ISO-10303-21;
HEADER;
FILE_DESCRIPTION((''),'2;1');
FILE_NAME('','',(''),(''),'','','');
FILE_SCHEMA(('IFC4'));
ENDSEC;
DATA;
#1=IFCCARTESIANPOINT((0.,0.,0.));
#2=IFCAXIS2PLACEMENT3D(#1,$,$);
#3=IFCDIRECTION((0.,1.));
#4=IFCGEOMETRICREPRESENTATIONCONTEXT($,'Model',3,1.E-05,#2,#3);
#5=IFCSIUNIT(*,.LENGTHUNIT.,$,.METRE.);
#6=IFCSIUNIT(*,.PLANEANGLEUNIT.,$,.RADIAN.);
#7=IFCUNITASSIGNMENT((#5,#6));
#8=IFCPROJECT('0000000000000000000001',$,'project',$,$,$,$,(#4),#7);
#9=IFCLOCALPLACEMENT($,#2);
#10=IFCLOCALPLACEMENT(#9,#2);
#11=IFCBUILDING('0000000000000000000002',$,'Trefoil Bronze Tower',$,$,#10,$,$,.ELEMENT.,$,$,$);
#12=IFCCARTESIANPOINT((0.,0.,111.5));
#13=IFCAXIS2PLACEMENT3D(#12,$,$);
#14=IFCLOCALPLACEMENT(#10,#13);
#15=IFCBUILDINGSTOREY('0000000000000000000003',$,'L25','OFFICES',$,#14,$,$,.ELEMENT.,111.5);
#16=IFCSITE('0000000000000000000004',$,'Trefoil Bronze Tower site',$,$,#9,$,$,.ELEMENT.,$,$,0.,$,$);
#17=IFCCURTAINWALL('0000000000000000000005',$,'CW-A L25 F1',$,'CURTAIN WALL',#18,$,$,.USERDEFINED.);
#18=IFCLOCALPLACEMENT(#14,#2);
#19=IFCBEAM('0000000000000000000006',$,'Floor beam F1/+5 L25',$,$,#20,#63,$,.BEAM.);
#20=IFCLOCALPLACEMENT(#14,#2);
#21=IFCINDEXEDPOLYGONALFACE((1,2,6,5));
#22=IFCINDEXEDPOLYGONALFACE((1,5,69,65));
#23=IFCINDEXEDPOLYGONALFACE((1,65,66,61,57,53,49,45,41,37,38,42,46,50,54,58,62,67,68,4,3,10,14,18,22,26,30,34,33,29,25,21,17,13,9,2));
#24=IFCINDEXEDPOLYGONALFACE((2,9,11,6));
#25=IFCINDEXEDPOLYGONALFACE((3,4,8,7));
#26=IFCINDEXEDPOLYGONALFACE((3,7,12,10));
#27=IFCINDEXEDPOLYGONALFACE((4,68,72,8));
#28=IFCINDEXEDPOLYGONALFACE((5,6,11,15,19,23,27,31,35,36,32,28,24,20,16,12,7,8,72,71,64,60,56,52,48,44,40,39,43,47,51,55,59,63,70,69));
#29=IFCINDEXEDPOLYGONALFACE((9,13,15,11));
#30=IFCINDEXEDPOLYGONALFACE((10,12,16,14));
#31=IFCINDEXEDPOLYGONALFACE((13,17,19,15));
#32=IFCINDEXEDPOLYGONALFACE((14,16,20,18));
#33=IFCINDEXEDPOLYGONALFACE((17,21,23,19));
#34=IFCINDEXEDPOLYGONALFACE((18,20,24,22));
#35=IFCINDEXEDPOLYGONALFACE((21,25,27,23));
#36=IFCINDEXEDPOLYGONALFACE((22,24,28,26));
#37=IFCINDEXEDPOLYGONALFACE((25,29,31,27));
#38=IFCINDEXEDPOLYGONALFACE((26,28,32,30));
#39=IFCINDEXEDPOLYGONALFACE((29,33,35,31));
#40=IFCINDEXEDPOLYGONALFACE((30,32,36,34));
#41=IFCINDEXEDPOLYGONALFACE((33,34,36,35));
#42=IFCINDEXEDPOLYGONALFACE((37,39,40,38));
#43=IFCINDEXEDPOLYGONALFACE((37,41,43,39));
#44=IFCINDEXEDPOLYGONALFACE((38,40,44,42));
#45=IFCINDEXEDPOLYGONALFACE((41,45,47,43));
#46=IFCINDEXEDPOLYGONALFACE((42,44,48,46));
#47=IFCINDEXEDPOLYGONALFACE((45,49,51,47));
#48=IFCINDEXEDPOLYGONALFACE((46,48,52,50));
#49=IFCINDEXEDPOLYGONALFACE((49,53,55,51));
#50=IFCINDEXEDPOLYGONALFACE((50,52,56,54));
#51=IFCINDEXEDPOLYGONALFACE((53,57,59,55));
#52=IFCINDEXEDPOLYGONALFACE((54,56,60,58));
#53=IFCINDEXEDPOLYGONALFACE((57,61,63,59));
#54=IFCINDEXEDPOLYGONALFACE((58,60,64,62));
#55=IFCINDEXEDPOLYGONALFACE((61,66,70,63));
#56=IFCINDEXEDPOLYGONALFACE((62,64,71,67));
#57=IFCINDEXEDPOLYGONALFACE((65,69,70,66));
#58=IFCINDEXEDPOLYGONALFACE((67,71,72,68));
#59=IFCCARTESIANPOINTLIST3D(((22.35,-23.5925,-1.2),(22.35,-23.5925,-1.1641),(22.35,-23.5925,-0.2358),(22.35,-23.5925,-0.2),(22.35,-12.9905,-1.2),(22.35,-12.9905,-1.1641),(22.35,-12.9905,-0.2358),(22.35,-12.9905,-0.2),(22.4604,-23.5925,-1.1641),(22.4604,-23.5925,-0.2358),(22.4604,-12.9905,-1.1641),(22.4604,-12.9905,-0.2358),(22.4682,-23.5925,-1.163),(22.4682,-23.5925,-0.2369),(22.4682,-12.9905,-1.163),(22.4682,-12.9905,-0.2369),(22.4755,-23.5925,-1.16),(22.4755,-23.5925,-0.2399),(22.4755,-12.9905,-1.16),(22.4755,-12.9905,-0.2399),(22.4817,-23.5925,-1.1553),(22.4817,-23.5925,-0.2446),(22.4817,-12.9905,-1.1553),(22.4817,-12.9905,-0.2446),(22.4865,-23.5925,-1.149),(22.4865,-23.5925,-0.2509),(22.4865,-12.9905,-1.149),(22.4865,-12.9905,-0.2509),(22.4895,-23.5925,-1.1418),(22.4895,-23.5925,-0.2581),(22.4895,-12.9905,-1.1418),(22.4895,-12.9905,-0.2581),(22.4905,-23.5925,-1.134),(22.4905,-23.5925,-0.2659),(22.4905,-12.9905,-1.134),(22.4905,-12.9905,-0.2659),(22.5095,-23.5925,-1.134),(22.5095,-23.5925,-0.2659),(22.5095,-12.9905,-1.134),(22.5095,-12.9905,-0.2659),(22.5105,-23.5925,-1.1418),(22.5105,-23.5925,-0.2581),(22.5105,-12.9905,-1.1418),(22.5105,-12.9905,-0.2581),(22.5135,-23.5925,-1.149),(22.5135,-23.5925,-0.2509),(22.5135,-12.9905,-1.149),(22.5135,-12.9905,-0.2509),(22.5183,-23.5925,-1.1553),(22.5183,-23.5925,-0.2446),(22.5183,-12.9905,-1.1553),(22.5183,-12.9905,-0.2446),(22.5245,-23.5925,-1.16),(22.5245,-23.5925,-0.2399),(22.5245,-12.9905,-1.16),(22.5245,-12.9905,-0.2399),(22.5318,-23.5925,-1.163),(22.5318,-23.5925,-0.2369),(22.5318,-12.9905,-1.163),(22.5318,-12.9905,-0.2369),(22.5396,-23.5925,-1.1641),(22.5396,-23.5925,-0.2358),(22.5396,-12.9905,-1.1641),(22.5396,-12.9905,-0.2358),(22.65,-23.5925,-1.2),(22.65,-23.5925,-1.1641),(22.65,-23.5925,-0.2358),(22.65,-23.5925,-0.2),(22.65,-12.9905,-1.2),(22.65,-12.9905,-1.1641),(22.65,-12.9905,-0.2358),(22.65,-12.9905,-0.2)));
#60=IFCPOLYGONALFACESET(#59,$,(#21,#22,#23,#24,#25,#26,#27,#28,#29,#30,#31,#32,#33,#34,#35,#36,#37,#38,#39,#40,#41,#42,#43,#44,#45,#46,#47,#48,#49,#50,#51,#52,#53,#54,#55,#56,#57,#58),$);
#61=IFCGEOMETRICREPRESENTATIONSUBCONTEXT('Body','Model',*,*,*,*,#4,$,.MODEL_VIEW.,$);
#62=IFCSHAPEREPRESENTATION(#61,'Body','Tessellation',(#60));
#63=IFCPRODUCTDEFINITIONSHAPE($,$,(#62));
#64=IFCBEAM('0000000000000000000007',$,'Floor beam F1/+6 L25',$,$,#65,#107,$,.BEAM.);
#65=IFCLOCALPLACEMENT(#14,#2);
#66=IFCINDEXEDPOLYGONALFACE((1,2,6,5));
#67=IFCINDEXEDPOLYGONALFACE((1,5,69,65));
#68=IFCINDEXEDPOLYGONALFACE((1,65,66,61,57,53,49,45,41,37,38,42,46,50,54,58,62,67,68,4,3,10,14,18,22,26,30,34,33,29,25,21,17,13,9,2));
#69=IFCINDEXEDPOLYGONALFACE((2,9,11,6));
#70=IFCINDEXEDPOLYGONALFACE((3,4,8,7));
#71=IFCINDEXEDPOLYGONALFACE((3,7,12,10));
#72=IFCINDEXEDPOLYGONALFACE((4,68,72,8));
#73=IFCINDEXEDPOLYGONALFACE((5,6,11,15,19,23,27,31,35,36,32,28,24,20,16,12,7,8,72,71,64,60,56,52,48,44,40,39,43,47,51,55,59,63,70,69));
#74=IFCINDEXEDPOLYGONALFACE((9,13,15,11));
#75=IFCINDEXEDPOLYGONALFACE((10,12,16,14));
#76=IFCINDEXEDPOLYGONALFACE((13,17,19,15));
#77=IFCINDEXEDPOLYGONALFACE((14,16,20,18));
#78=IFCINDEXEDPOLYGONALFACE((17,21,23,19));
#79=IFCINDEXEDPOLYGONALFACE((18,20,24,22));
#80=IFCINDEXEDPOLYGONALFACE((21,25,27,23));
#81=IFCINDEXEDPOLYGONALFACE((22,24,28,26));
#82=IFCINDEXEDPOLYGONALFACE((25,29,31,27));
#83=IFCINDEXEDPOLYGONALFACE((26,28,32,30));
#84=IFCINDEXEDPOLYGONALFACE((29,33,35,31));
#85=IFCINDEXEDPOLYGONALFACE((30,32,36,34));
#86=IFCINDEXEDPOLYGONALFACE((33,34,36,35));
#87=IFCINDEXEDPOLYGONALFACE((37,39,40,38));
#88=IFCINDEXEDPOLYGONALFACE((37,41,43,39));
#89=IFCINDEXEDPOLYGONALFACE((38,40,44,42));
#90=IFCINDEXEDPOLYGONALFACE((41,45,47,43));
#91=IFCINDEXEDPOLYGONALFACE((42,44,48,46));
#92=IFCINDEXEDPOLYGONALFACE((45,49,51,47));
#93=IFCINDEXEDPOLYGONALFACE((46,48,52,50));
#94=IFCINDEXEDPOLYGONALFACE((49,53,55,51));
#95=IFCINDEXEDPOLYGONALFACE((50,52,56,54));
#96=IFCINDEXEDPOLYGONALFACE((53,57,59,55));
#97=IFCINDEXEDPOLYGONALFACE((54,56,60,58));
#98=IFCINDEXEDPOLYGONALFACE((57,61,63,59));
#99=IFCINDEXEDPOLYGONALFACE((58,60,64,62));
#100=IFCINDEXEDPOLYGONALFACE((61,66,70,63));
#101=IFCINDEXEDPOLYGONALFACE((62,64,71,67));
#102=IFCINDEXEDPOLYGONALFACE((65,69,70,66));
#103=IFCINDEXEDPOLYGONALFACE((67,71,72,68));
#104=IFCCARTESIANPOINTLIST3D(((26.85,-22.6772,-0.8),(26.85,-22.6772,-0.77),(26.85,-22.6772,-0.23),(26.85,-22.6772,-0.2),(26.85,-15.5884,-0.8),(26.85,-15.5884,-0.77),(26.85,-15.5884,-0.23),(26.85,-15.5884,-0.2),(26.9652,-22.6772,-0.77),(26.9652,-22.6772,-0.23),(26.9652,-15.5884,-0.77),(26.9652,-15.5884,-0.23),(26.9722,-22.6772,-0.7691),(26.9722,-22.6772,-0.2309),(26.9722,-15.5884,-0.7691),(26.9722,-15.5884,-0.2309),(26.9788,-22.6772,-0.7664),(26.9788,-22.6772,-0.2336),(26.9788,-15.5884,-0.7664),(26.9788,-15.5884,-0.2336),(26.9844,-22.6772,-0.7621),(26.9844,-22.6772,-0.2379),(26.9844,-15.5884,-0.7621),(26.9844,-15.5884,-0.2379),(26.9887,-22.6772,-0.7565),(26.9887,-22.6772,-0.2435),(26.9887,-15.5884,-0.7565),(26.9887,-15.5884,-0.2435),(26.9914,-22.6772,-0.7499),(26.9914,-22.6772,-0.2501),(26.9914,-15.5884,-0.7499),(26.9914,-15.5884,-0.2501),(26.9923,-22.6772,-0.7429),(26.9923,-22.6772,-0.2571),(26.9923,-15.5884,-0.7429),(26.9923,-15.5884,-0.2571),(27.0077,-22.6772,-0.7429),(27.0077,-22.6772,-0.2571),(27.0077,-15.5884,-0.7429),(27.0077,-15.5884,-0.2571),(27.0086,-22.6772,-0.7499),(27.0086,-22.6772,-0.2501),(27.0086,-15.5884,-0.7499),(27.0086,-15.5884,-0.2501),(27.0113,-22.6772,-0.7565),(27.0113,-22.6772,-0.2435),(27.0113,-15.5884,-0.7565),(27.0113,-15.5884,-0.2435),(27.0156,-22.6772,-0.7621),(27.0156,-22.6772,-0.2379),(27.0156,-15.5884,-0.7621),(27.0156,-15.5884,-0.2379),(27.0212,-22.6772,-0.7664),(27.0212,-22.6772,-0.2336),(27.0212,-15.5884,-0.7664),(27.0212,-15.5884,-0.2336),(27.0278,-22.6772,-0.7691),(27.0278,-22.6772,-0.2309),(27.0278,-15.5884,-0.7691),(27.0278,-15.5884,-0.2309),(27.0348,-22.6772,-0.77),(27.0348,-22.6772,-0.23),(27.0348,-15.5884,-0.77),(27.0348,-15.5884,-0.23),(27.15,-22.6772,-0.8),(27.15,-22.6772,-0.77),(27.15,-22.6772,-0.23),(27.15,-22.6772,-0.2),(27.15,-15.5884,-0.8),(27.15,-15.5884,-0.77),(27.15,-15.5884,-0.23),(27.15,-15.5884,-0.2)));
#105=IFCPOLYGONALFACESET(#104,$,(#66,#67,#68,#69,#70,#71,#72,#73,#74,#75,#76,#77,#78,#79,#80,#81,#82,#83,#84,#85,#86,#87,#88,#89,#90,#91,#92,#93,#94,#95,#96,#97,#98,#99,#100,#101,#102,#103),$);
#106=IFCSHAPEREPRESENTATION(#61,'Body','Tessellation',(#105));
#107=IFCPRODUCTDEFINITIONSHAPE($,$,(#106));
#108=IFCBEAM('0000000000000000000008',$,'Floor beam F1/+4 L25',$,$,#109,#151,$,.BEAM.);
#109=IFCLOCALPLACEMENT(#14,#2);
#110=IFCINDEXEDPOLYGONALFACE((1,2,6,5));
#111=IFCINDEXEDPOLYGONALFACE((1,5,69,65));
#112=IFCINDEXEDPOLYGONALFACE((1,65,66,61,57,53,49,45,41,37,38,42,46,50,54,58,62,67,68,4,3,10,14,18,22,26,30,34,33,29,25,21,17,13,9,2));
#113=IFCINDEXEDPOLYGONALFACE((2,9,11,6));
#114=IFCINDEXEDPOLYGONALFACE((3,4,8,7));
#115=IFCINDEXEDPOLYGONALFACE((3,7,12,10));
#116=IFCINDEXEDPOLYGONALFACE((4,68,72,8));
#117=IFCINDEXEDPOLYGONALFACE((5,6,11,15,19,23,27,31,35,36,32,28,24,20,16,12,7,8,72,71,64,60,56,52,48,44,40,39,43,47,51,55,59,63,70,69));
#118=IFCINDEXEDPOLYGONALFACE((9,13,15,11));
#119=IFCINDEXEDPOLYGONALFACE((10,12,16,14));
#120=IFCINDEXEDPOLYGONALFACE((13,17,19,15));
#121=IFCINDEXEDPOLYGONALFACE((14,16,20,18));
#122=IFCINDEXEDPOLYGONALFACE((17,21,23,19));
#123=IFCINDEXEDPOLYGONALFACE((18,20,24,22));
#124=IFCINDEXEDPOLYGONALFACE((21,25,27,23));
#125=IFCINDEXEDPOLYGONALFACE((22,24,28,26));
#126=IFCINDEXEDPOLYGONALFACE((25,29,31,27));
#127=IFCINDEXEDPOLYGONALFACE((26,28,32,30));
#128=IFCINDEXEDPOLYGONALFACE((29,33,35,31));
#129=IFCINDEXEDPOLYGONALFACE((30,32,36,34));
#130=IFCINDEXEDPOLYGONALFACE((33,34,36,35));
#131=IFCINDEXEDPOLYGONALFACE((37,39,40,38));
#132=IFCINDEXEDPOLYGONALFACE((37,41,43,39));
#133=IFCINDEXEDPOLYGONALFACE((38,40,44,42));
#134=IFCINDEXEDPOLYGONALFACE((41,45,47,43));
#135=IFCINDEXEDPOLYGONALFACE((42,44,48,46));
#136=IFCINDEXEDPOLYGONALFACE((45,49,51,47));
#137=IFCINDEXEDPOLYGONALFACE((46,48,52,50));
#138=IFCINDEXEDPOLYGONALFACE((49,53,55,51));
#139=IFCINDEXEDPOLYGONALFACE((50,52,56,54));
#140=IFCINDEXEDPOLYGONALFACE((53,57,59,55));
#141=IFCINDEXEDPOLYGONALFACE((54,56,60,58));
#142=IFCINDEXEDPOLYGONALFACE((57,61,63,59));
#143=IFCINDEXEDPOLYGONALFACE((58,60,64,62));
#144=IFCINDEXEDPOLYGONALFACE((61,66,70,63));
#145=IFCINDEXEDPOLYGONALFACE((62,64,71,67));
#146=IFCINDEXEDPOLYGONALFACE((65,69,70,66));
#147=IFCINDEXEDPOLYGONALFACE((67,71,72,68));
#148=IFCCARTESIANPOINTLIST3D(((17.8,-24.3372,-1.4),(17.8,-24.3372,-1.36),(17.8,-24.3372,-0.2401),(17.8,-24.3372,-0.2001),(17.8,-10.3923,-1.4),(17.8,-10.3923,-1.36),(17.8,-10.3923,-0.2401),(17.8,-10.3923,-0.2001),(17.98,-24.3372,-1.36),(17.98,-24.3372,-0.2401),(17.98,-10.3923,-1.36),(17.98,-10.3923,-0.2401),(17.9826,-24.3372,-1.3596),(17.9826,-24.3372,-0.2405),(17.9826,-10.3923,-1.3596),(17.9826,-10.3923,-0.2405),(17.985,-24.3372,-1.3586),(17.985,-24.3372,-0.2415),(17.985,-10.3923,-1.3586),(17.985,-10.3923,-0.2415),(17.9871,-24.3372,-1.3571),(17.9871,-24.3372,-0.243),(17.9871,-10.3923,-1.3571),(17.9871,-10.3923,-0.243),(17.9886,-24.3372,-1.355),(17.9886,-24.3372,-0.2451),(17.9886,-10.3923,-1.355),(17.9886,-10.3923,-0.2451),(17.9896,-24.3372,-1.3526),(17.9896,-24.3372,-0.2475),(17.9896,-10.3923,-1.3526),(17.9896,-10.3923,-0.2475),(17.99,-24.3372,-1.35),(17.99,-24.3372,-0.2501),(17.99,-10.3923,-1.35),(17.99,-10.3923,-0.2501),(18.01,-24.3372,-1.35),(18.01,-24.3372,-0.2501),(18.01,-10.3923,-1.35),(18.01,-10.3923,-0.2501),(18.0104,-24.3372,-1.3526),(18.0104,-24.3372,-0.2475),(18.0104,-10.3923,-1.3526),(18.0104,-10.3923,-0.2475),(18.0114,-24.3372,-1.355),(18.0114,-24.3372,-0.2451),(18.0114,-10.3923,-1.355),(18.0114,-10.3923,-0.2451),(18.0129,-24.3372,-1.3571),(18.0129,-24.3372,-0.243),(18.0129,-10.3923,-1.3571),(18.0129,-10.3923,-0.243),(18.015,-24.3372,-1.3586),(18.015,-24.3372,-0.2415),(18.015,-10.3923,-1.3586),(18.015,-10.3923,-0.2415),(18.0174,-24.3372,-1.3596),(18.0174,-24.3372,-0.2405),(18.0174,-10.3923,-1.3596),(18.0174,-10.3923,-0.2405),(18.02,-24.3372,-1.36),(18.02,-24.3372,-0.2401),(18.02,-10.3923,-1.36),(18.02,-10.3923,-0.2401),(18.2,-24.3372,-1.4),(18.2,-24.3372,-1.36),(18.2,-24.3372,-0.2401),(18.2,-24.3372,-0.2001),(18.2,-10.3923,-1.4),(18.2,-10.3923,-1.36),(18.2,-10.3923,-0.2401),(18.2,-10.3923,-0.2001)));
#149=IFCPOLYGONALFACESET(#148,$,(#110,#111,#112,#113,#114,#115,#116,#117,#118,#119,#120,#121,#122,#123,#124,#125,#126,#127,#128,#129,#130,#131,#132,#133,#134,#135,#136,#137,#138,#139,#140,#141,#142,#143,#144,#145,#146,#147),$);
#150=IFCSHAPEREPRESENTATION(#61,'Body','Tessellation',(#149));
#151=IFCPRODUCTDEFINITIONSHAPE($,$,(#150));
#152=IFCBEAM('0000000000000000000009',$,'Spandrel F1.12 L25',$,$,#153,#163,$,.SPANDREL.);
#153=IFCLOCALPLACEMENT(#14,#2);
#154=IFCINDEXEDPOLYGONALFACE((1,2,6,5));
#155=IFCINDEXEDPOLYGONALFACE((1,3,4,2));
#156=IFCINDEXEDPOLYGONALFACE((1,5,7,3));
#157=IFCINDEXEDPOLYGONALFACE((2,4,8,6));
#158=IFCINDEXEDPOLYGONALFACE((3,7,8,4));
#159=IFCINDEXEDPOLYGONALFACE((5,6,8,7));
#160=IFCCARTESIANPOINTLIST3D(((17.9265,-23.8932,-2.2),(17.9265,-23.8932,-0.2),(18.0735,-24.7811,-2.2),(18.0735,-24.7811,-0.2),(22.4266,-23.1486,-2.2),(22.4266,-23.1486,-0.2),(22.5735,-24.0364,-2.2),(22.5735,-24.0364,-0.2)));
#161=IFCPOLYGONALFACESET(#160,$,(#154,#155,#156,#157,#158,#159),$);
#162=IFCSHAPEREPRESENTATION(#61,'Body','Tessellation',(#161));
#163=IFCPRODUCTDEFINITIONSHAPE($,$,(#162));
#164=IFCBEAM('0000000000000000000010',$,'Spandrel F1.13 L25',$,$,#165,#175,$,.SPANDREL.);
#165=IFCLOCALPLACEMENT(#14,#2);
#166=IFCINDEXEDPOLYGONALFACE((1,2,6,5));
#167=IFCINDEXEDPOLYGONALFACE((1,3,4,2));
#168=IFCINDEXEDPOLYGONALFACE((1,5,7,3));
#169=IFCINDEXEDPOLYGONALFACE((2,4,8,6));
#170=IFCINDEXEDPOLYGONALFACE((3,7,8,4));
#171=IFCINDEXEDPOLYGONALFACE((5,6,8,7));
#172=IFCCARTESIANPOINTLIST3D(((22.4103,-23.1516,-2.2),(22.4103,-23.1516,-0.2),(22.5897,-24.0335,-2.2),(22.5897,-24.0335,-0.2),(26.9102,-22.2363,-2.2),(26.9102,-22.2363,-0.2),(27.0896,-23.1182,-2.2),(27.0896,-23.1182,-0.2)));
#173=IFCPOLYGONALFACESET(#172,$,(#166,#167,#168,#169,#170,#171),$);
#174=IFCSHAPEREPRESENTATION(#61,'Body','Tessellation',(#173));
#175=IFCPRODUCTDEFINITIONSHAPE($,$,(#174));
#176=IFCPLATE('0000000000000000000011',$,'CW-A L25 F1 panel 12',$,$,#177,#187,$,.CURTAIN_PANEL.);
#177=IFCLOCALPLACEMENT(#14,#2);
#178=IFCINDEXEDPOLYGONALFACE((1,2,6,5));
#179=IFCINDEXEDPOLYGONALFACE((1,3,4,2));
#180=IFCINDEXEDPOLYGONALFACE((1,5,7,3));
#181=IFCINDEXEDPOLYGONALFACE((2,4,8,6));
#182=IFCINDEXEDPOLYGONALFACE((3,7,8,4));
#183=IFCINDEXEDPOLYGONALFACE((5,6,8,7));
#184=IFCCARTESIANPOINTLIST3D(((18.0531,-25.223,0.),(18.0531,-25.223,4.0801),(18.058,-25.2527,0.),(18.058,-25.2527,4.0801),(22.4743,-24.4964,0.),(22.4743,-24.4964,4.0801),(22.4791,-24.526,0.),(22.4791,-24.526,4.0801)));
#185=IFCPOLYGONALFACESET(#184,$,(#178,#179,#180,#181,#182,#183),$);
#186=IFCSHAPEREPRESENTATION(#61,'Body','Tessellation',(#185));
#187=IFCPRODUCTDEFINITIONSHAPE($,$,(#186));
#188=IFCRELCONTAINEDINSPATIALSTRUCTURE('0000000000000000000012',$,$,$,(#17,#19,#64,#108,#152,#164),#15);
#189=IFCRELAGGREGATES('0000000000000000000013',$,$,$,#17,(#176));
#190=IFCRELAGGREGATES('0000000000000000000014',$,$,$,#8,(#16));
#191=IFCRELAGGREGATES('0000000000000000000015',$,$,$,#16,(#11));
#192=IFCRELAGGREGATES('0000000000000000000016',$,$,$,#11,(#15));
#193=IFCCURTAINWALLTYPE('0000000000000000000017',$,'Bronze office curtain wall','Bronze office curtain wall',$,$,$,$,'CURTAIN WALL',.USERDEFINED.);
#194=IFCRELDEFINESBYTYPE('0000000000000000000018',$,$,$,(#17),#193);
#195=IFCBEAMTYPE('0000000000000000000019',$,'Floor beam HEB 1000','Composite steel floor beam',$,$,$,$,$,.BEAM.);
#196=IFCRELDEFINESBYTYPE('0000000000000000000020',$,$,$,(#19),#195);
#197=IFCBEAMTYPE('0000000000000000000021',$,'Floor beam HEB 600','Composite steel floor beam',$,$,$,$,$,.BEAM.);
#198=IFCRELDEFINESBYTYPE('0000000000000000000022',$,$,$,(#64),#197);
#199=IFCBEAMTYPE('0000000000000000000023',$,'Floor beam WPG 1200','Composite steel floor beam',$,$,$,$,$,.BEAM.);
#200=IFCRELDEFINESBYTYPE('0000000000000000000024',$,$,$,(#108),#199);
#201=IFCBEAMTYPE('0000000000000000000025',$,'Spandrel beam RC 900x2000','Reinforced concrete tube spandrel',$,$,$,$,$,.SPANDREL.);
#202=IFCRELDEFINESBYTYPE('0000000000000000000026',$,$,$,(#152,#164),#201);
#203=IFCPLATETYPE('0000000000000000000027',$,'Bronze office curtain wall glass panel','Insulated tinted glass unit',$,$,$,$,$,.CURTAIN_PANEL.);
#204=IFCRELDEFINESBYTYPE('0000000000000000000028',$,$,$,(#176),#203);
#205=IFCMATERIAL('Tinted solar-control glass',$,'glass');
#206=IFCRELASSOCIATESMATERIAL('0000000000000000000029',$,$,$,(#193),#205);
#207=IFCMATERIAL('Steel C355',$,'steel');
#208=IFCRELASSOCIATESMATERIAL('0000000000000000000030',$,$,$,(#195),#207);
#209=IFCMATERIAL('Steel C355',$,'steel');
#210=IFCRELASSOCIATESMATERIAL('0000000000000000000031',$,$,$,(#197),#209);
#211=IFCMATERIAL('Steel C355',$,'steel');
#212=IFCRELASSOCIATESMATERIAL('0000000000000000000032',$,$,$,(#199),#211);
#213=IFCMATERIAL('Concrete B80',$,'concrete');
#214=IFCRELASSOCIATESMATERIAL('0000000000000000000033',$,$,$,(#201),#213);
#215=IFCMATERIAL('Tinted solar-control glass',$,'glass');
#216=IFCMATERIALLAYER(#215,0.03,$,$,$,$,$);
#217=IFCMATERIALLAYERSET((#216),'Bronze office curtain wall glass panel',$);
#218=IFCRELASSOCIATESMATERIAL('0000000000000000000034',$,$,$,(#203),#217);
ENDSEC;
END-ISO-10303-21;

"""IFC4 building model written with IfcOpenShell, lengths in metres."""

from ifc_helpers import new_model, si_unit, direction, frame, origin, origin_2d, place, context, subcontext, project, spatial, rectangle, i_section, extrude, material, layer, layer_set, material_profile, profile_set, type_object, element, aggregate, save


model = new_model("IFC4")

# Units and contexts
model_context = context("Model", 3, precision=1e-05, world=origin(), true_north=direction((0.0, 1.0)))
body_context = subcontext(model_context, "Body", "Model", "MODEL_VIEW")
ifc_project = project(units=[si_unit("LENGTHUNIT", "METRE"), si_unit("PLANEANGLEUNIT", "RADIAN")], contexts=[model_context])

# Site, building, storey
site_placement = place(None, origin())
site = spatial("IfcSite", under=ifc_project, at=site_placement, Name="Trefoil Bronze Tower site", CompositionType="ELEMENT", RefElevation=0.0)
building_placement = place(site_placement, origin())
building = spatial("IfcBuilding", under=site, at=building_placement, Name="Trefoil Bronze Tower", CompositionType="ELEMENT")
storey_placement = place(building_placement, frame((0.0, 0.0, 111.5)))
storey = spatial("IfcBuildingStorey", under=building, at=storey_placement, Name="L25", Description="OFFICES", CompositionType="ELEMENT", Elevation=111.5)

# Curtain wall
ifc_material_1 = material(Name="Tinted solar-control glass", Category="glass")
curtain_wall_type_1 = type_object("IfcCurtainWallType", Name="Bronze office curtain wall", Description="Bronze office curtain wall", ElementType="CURTAIN WALL", PredefinedType="USERDEFINED", material=ifc_material_1)
curtain_wall_1_placement = place(storey_placement, origin())
curtain_wall_1 = element("IfcCurtainWall", 1, at=curtain_wall_1_placement, inside=storey, type_object=curtain_wall_type_1, Name="CW-A L25 F1", ObjectType="CURTAIN WALL", PredefinedType="USERDEFINED")

# Beams
ifc_material_2 = material(Name="Steel C355", Category="steel")
ifc_material_profile_1 = material_profile(ifc_material_2, i_section(OverallWidth=0.3, OverallDepth=1.0, WebThickness=0.019, FlangeThickness=0.0359, FilletRadius=0.03, at=origin_2d()), Name="HEB 1000")
ifc_profile_set_1 = profile_set([ifc_material_profile_1], Name="Steel C355")
beam_type_1 = type_object("IfcBeamType", Name="Floor beam HEB 1000", Description="Composite steel floor beam", PredefinedType="BEAM", material=ifc_profile_set_1)
beam_1_placement = place(storey_placement, frame((22.5, -23.5925, -0.7), z_axis=(0.0, 1.0, 0.0), x_axis=(-1.0, 0.0, 0.0)))
element("IfcBeam", 2, at=beam_1_placement, inside=storey, type_object=beam_type_1, Name="Floor beam F1/+5 L25", PredefinedType="BEAM", context=body_context, shape_type="SweptSolid", body=[
    extrude(i_section(OverallWidth=0.3, OverallDepth=1.0, WebThickness=0.019, FlangeThickness=0.0359, FilletRadius=0.03, at=origin_2d()), origin(), (0.0, 0.0, 1.0), 10.6021),
])
ifc_material_3 = material(Name="Steel C355", Category="steel")
ifc_material_profile_2 = material_profile(ifc_material_3, i_section(OverallWidth=0.3, OverallDepth=0.6001, WebThickness=0.0154, FlangeThickness=0.03, FilletRadius=0.0271, at=origin_2d()), Name="HEB 600")
ifc_profile_set_2 = profile_set([ifc_material_profile_2], Name="Steel C355")
beam_type_2 = type_object("IfcBeamType", Name="Floor beam HEB 600", Description="Composite steel floor beam", PredefinedType="BEAM", material=ifc_profile_set_2)
beam_2_placement = place(storey_placement, frame((27.0, -22.6772, -0.5), z_axis=(0.0, 1.0, 0.0), x_axis=(-1.0, 0.0, 0.0)))
element("IfcBeam", 3, at=beam_2_placement, inside=storey, type_object=beam_type_2, Name="Floor beam F1/+6 L25", PredefinedType="BEAM", context=body_context, shape_type="SweptSolid", body=[
    extrude(i_section(OverallWidth=0.3, OverallDepth=0.6001, WebThickness=0.0154, FlangeThickness=0.03, FilletRadius=0.0271, at=origin_2d()), origin(), (0.0, 0.0, 1.0), 7.0889),
])
ifc_material_4 = material(Name="Steel C355", Category="steel")
ifc_material_profile_3 = material_profile(ifc_material_4, i_section(OverallWidth=0.3999, OverallDepth=1.2, WebThickness=0.02, FlangeThickness=0.04, FilletRadius=0.01, at=origin_2d()), Name="WPG 1200")
ifc_profile_set_3 = profile_set([ifc_material_profile_3], Name="Steel C355")
beam_type_3 = type_object("IfcBeamType", Name="Floor beam WPG 1200", Description="Composite steel floor beam", PredefinedType="BEAM", material=ifc_profile_set_3)
beam_3_placement = place(storey_placement, frame((18.0, -24.3372, -0.8), z_axis=(0.0, 1.0, 0.0), x_axis=(-1.0, 0.0, 0.0)))
element("IfcBeam", 4, at=beam_3_placement, inside=storey, type_object=beam_type_3, Name="Floor beam F1/+4 L25", PredefinedType="BEAM", context=body_context, shape_type="SweptSolid", body=[
    extrude(i_section(OverallWidth=0.3999, OverallDepth=1.2, WebThickness=0.02, FlangeThickness=0.04, FilletRadius=0.01, at=origin_2d()), origin(), (0.0, 0.0, 1.0), 13.9448),
])
ifc_material_5 = material(Name="Concrete B80", Category="concrete")
ifc_material_profile_4 = material_profile(ifc_material_5, rectangle(XDim=0.8999, YDim=2.0, at=origin_2d()), Name="RC 900x2000")
ifc_profile_set_4 = profile_set([ifc_material_profile_4], Name="Concrete B80")
beam_type_4 = type_object("IfcBeamType", Name="Spandrel beam RC 900x2000", Description="Reinforced concrete tube spandrel", PredefinedType="SPANDREL", material=ifc_profile_set_4)
beam_4_placement = place(storey_placement, frame((18.0, -24.3372, -1.2), z_axis=(0.986584, 0.163253, 0.0), x_axis=(-0.163253, 0.986584, 0.0)))
element("IfcBeam", 5, at=beam_4_placement, inside=storey, type_object=beam_type_4, Name="Spandrel F1.12 L25", PredefinedType="SPANDREL", context=body_context, shape_type="SweptSolid", body=[
    extrude(rectangle(XDim=0.8999, YDim=2.0, at=origin_2d()), origin(), (0.0, 0.0, 1.0), 4.5613),
])
beam_5_placement = place(storey_placement, frame((22.5, -23.5925, -1.2), z_axis=(0.979935, 0.199315, 0.0), x_axis=(-0.199315, 0.979935, 0.0)))
element("IfcBeam", 6, at=beam_5_placement, inside=storey, type_object=beam_type_4, Name="Spandrel F1.13 L25", PredefinedType="SPANDREL", context=body_context, shape_type="SweptSolid", body=[
    extrude(rectangle(XDim=0.8999, YDim=2.0, at=origin_2d()), origin(), (0.0, 0.0, 1.0), 4.592),
])

# Plate
ifc_material_6 = material(Name="Tinted solar-control glass", Category="glass")
ifc_layer_1 = layer(ifc_material_6, 0.03)
ifc_layer_set_1 = layer_set([ifc_layer_1], Name="Bronze office curtain wall glass panel")
plate_type_1 = type_object("IfcPlateType", Name="Bronze office curtain wall glass panel", Description="Insulated tinted glass unit", PredefinedType="CURTAIN_PANEL", material=ifc_layer_set_1)
plate_1_placement = place(storey_placement, frame((20.2661, -24.8745, 0.0), z_axis=(0.0, 0.0, 1.0), x_axis=(0.98676, 0.162189, 0.0)))
plate_1 = element("IfcPlate", 7, at=plate_1_placement, type_object=plate_type_1, Name="CW-A L25 F1 panel 12", PredefinedType="CURTAIN_PANEL", context=body_context, shape_type="SweptSolid", body=[
    extrude(rectangle(XDim=4.4805, YDim=0.03, at=origin_2d()), origin(), (0.0, 0.0, 1.0), 4.0801),
])
aggregate(curtain_wall_1, [plate_1])

save(model, "model.ifc")
